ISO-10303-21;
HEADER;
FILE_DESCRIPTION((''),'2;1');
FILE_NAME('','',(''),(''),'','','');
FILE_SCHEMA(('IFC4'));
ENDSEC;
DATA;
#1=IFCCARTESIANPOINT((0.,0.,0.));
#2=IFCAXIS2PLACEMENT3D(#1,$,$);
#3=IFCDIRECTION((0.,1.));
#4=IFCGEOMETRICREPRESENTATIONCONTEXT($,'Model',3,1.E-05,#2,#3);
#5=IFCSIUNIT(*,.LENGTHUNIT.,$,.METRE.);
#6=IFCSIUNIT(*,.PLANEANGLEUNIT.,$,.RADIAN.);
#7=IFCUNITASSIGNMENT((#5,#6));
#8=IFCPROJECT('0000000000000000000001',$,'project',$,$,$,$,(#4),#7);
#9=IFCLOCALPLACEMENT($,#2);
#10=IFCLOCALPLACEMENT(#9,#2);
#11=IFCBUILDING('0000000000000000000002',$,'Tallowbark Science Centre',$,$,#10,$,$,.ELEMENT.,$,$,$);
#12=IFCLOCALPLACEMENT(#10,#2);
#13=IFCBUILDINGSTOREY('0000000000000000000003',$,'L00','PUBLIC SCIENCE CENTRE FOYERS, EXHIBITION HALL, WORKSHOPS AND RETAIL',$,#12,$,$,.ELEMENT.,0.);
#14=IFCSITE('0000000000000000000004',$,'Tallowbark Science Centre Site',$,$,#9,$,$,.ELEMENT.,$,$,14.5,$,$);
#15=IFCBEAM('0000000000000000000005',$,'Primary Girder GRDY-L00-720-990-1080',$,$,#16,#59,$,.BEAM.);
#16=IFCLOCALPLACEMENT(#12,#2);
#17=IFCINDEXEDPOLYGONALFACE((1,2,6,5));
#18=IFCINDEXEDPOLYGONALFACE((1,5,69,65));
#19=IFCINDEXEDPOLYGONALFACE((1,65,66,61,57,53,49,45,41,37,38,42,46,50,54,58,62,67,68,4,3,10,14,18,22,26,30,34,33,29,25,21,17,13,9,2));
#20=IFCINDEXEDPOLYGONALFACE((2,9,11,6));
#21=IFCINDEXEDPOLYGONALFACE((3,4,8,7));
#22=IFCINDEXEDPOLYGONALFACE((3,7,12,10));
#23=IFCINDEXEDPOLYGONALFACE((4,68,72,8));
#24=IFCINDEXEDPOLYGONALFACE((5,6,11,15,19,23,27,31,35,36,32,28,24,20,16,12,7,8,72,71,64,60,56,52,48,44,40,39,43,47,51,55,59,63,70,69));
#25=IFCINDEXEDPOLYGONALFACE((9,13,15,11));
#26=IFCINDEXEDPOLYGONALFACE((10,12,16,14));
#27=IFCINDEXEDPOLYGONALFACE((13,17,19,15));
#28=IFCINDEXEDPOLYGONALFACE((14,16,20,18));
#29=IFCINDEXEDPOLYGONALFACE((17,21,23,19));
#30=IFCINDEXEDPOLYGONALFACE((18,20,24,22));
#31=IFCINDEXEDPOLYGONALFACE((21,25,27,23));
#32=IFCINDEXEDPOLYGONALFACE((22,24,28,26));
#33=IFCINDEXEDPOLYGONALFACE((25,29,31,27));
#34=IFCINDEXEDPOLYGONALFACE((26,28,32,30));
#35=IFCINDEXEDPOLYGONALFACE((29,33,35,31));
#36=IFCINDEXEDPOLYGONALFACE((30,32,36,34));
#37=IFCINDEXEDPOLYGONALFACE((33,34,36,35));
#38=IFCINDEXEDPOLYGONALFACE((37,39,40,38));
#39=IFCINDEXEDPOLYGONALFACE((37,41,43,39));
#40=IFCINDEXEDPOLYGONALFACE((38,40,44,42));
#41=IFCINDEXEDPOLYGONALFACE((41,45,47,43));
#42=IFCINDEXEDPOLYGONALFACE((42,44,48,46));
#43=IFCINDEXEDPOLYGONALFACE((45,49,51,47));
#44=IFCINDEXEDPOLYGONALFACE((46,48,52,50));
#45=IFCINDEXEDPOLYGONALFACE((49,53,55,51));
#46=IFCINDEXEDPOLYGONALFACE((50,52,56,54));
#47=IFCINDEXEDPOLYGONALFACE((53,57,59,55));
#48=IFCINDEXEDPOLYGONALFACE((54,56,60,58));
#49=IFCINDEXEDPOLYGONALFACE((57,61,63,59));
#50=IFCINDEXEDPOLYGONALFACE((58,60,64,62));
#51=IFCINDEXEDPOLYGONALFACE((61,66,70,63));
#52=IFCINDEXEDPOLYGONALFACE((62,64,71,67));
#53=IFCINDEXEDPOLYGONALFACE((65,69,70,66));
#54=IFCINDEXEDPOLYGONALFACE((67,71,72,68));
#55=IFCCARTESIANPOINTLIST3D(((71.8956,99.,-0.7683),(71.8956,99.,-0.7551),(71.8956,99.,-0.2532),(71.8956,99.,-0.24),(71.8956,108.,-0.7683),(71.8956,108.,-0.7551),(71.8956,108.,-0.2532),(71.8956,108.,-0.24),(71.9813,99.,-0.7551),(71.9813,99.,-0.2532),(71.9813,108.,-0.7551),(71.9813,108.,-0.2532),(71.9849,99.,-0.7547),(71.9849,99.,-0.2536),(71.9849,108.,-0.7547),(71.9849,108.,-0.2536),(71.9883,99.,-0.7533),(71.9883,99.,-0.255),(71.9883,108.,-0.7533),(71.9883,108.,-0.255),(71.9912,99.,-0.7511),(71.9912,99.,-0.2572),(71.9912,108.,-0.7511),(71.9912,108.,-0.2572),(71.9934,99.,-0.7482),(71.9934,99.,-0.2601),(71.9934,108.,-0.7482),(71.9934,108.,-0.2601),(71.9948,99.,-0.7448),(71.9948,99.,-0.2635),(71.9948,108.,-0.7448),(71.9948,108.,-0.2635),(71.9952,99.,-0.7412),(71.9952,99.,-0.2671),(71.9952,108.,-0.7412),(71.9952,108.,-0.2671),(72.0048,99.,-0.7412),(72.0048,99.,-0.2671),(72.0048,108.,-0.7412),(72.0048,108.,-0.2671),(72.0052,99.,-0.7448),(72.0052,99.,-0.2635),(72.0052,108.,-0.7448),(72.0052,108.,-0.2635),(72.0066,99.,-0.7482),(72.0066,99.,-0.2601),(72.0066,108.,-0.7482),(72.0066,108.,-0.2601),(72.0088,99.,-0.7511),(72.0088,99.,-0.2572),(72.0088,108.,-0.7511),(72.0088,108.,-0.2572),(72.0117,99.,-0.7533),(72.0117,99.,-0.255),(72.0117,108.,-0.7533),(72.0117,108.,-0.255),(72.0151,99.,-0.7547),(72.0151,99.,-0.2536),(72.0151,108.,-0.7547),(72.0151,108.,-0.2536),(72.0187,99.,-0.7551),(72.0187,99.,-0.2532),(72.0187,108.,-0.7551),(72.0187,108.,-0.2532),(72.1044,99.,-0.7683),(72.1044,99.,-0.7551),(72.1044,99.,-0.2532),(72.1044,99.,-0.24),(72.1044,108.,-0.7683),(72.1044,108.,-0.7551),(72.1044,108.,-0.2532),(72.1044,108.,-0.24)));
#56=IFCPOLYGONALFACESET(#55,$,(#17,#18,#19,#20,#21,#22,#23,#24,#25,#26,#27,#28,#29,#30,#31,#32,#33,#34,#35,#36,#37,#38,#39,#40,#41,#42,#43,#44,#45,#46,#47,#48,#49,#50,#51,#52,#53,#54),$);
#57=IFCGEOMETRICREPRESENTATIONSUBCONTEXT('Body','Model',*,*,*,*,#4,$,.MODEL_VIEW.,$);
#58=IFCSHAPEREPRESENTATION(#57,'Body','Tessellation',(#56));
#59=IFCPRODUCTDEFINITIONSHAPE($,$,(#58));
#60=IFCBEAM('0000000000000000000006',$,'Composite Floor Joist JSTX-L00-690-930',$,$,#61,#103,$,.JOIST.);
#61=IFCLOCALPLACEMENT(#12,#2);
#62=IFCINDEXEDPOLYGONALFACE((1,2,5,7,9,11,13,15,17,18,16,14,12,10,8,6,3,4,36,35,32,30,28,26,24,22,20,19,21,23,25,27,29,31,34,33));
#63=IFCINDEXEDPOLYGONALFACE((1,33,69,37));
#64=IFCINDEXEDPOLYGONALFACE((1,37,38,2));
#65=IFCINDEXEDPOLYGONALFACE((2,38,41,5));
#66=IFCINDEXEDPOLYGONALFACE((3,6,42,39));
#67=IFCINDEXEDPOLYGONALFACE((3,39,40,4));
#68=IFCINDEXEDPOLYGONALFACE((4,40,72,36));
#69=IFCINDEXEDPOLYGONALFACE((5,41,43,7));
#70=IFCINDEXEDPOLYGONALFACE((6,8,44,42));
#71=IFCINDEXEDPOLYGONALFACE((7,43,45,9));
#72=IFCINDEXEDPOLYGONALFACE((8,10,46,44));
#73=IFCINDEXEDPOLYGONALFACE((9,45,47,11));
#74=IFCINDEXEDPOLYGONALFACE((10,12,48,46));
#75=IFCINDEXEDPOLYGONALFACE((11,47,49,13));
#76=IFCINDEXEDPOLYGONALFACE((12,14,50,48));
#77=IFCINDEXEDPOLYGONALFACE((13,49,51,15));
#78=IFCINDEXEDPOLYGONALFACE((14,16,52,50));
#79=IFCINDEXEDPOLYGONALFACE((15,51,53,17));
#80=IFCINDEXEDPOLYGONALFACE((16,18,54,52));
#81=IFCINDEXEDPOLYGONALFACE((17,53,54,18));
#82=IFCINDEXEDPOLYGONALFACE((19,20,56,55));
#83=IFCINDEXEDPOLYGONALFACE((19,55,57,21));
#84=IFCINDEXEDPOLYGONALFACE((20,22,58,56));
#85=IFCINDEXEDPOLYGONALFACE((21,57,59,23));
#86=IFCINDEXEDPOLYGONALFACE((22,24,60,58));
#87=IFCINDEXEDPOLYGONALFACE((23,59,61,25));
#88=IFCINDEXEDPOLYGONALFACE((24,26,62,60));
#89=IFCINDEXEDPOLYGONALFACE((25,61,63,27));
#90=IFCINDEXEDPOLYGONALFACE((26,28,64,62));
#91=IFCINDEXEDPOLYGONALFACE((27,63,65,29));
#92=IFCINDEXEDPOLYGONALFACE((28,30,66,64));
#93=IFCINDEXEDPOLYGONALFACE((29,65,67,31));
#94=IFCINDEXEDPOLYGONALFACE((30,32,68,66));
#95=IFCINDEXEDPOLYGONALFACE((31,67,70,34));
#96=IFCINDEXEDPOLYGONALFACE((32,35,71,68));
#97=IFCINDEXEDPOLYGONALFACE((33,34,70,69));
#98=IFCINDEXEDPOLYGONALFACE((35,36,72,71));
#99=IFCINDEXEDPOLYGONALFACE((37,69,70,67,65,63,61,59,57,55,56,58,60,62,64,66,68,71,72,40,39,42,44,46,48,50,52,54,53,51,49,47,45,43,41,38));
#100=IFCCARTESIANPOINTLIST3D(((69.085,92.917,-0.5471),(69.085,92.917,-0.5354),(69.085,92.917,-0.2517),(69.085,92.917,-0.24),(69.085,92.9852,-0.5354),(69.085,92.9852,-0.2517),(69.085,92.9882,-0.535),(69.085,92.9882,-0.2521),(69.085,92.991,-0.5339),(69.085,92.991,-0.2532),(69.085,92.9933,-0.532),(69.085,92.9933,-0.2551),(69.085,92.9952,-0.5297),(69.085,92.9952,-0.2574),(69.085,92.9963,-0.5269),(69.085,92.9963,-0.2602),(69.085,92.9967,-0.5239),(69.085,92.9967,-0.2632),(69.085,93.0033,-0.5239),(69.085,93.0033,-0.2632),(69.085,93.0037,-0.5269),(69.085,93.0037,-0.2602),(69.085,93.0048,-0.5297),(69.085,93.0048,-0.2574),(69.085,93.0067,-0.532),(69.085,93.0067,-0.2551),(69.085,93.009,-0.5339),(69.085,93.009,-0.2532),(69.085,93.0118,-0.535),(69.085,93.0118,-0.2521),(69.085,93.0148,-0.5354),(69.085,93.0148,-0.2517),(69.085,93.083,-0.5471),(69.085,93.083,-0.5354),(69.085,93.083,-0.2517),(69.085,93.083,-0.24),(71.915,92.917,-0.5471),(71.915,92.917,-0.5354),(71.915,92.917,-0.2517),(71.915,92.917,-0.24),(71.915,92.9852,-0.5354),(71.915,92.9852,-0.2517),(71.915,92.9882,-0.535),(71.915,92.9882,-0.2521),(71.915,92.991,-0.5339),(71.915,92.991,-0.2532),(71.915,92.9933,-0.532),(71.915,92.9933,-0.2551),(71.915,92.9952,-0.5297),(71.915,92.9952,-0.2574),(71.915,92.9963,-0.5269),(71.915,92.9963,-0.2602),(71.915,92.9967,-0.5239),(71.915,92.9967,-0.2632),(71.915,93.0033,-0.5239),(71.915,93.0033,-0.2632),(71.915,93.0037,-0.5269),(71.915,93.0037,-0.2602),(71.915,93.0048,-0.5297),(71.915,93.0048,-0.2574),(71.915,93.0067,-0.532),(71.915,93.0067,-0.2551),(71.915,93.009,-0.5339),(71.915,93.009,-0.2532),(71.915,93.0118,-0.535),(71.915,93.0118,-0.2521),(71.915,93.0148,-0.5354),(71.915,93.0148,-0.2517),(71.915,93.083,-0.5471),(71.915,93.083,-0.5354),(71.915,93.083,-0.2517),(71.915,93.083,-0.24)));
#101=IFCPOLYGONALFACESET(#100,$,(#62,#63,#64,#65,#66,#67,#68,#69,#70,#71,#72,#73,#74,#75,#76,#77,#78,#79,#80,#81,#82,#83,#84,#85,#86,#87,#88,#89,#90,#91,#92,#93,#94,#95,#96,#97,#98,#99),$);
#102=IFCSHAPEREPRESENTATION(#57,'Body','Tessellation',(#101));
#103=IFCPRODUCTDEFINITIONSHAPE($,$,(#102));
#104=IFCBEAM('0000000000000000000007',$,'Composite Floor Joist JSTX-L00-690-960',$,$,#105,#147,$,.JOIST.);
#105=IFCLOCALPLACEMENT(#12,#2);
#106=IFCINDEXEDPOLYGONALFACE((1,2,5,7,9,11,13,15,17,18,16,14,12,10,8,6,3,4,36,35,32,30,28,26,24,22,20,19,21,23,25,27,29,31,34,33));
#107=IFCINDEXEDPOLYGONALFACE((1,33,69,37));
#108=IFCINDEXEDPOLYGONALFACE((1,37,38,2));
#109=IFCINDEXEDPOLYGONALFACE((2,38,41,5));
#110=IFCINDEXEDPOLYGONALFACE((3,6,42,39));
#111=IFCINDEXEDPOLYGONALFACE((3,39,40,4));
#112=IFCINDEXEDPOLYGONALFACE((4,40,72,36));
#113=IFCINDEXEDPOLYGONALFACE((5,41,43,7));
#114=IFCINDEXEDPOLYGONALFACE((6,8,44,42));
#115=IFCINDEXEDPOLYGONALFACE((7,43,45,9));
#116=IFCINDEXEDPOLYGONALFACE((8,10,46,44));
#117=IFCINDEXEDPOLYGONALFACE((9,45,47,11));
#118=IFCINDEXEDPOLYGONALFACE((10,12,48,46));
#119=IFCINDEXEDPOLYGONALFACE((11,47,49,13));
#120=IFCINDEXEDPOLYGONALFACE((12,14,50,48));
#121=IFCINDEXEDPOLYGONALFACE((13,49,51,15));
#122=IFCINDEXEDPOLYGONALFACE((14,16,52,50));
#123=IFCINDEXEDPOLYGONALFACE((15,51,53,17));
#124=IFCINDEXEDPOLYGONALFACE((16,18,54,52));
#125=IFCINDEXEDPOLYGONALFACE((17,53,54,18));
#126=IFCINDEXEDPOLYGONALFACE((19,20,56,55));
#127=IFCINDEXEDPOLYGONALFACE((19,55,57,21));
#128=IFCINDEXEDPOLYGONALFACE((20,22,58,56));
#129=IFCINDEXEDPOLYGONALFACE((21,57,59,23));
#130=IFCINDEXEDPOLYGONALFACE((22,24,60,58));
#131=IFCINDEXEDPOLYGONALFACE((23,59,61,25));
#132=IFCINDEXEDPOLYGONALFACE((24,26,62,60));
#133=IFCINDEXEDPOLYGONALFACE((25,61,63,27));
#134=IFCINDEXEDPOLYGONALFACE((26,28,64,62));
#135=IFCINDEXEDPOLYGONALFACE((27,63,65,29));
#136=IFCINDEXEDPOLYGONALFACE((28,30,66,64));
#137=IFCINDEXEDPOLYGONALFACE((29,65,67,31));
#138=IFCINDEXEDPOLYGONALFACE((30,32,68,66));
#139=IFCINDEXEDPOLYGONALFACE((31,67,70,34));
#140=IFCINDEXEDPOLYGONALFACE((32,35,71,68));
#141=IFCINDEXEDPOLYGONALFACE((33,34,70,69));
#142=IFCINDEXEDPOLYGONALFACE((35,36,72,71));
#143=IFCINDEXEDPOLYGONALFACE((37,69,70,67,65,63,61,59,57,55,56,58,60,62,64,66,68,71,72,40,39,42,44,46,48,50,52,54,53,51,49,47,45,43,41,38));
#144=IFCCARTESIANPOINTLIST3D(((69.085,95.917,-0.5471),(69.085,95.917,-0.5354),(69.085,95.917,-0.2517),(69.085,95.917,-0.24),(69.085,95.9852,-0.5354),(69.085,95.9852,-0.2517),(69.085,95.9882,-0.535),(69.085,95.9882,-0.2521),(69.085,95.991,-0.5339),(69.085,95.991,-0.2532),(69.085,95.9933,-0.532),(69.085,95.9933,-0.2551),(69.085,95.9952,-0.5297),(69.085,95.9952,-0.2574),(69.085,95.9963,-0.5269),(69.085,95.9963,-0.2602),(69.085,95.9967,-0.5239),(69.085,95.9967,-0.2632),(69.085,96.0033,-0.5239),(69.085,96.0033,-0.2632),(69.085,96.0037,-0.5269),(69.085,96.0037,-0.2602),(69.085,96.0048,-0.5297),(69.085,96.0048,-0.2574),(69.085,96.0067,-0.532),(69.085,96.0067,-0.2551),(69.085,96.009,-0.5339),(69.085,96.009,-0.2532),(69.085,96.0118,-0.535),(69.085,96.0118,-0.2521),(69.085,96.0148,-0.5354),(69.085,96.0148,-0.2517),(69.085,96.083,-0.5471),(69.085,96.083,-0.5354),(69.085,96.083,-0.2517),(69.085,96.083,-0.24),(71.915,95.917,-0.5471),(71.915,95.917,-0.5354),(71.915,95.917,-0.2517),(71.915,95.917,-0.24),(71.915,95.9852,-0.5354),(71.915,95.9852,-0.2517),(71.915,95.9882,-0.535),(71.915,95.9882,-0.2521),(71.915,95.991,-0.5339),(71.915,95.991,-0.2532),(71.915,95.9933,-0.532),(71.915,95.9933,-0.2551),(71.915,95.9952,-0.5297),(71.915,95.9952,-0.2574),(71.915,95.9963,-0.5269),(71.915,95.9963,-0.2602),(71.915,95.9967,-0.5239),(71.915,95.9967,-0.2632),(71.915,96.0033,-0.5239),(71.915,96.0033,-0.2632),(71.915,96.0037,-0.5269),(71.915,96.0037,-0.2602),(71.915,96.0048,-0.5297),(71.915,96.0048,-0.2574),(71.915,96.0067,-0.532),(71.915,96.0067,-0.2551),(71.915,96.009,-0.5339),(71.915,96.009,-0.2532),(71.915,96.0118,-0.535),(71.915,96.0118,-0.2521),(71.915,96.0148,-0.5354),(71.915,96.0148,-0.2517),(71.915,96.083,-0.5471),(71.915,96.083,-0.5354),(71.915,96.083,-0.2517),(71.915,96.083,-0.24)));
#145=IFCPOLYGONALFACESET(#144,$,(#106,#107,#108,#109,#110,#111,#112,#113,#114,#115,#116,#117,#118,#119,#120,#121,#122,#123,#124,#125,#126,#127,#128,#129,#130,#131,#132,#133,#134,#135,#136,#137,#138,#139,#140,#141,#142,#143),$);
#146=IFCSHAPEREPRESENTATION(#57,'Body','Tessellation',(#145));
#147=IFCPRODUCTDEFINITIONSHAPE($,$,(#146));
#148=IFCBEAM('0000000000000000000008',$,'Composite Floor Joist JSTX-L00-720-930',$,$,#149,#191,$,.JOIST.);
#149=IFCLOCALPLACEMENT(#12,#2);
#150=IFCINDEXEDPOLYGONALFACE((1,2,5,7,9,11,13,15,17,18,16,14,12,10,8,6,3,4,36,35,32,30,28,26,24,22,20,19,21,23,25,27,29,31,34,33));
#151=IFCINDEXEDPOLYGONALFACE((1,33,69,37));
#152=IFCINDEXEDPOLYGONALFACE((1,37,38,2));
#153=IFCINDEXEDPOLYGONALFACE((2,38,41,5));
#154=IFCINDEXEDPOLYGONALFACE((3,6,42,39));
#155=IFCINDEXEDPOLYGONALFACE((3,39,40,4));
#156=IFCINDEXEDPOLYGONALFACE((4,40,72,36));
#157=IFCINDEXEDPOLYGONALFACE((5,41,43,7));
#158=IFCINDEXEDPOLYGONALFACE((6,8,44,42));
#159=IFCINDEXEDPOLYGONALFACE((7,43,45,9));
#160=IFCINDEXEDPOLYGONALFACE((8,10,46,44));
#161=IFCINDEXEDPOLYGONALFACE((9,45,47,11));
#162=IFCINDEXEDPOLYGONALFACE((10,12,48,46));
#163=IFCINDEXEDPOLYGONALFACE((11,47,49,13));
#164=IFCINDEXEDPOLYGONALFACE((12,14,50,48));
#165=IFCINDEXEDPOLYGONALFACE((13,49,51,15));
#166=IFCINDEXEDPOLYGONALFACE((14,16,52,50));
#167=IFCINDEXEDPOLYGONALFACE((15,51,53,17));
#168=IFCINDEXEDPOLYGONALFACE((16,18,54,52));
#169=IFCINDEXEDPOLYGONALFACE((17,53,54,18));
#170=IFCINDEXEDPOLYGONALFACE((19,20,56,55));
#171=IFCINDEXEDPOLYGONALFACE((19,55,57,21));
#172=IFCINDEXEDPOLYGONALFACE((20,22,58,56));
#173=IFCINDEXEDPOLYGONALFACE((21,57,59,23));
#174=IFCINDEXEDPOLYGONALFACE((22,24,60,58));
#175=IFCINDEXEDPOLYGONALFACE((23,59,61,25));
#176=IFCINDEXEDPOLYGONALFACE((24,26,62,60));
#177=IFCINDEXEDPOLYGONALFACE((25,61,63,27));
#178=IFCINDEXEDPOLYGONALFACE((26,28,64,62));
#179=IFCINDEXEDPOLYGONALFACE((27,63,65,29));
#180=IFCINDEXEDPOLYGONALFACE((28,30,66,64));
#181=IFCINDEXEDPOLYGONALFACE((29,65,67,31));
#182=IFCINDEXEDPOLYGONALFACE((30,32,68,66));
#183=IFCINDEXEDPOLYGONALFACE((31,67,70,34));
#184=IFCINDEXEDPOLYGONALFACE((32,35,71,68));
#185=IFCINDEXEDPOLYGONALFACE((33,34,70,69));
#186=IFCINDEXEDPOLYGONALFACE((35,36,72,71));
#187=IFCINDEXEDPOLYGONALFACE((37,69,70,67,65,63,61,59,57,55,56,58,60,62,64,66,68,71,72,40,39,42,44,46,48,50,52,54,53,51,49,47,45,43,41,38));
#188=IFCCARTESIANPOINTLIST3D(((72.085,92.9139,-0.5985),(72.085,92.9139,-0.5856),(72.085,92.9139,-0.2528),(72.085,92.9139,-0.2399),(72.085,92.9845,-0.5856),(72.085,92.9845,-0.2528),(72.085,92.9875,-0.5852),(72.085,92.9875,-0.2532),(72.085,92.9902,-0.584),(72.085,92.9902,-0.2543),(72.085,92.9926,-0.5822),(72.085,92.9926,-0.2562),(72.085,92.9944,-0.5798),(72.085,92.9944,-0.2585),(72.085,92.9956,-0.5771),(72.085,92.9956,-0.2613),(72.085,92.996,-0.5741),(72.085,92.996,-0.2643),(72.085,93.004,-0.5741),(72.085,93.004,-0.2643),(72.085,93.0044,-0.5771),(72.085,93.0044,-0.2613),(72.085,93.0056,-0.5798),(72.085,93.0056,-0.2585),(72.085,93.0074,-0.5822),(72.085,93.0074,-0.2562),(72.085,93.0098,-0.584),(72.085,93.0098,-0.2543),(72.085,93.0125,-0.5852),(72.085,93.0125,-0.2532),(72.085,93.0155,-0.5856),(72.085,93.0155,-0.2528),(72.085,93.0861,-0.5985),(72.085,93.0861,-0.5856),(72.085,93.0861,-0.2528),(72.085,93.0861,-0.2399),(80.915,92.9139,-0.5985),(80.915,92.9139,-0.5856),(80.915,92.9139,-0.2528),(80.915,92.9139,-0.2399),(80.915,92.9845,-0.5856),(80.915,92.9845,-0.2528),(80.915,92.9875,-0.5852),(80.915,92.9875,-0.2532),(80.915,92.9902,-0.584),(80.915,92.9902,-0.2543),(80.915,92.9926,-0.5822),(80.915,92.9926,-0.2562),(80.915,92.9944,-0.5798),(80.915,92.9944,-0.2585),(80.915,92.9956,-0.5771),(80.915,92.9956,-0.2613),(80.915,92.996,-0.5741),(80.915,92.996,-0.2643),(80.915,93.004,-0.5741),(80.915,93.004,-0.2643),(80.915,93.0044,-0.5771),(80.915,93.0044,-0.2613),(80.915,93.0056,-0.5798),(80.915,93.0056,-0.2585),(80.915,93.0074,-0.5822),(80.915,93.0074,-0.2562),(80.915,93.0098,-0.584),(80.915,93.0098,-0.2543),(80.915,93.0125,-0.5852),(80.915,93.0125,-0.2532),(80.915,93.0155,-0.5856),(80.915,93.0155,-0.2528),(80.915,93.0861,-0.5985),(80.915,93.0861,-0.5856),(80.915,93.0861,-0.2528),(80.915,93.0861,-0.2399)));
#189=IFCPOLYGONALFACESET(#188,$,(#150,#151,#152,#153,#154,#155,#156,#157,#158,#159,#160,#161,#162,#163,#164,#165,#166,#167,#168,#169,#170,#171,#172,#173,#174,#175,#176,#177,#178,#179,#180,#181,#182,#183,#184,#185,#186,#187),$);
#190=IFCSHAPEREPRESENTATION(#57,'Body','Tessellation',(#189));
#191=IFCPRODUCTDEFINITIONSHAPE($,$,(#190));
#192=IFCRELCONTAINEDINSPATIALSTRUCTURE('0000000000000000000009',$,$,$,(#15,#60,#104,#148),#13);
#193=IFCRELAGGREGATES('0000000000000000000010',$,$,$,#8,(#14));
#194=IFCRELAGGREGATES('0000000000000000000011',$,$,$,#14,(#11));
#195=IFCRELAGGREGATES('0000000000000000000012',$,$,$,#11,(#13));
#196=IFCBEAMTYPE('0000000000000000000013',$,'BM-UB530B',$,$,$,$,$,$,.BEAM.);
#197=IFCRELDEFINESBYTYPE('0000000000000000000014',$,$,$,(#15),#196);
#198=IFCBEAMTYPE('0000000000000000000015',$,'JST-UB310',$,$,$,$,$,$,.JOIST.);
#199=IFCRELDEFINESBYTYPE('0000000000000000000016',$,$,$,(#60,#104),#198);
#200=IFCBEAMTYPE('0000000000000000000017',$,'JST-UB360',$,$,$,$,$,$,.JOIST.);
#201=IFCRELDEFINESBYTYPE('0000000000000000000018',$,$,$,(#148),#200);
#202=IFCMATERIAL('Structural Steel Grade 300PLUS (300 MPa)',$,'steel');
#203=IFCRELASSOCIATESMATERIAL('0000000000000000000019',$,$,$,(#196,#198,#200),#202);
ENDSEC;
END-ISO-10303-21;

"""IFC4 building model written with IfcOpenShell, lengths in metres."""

from ifc_helpers import new_model, si_unit, direction, frame, origin, origin_2d, place, context, subcontext, project, spatial, i_section, extrude, material, material_profile, profile_set, type_object, element, save


model = new_model("IFC4")

# Units and contexts
model_context = context("Model", 3, precision=1e-05, world=origin(), true_north=direction((0.0, 1.0)))
body_context = subcontext(model_context, "Body", "Model", "MODEL_VIEW")
ifc_project = project(units=[si_unit("LENGTHUNIT", "METRE"), si_unit("PLANEANGLEUNIT", "RADIAN")], contexts=[model_context])

# Site, building, storey
site_placement = place(None, origin())
site = spatial("IfcSite", under=ifc_project, at=site_placement, Name="Tallowbark Science Centre Site", CompositionType="ELEMENT", RefElevation=14.5)
building_placement = place(site_placement, origin())
building = spatial("IfcBuilding", under=site, at=building_placement, Name="Tallowbark Science Centre", CompositionType="ELEMENT")
storey_placement = place(building_placement, origin())
storey = spatial("IfcBuildingStorey", under=building, at=storey_placement, Name="L00", Description="PUBLIC SCIENCE CENTRE FOYERS, EXHIBITION HALL, WORKSHOPS AND RETAIL", CompositionType="ELEMENT", Elevation=0.0)

# Shared definitions
ifc_material_1 = material(Name="Structural Steel Grade 300PLUS (300 MPa)", Category="steel")

# Beams
ifc_material_profile_1 = material_profile(ifc_material_1, i_section(OverallWidth=0.2087, OverallDepth=0.5283, WebThickness=0.0095, FlangeThickness=0.0132, FilletRadius=0.0139, at=origin_2d()), Name="530UB82.0")
ifc_profile_set_1 = profile_set([ifc_material_profile_1], Name="Structural Steel Grade 300PLUS (300 MPa)")
beam_type_1 = type_object("IfcBeamType", Name="BM-UB530B", PredefinedType="BEAM", material=ifc_profile_set_1)
beam_1_placement = place(storey_placement, frame((72.0, 99.0, -0.5042), z_axis=(0.0, 1.0, 0.0), x_axis=(-1.0, 0.0, 0.0)))
element("IfcBeam", 1, at=beam_1_placement, inside=storey, type_object=beam_type_1, Name="Primary Girder GRDY-L00-720-990-1080", PredefinedType="BEAM", context=body_context, shape_type="SweptSolid", body=[
    extrude(i_section(OverallWidth=0.2087, OverallDepth=0.5283, WebThickness=0.0095, FlangeThickness=0.0132, FilletRadius=0.0139, at=origin_2d()), origin(), (0.0, 0.0, 1.0), 9.0),
])
ifc_material_profile_2 = material_profile(ifc_material_1, i_section(OverallWidth=0.166, OverallDepth=0.3071, WebThickness=0.0066, FlangeThickness=0.0117, FilletRadius=0.0115, at=origin_2d()), Name="310UB46.2")
ifc_profile_set_2 = profile_set([ifc_material_profile_2], Name="Structural Steel Grade 300PLUS (300 MPa)")
beam_type_2 = type_object("IfcBeamType", Name="JST-UB310", PredefinedType="JOIST", material=ifc_profile_set_2)
for number, where, z_axis, x_axis, name in (
    (2, (69.085, 93.0, -0.3936), (1.0, 0.0, 0.0), (0.0, 1.0, 0.0), "Composite Floor Joist JSTX-L00-690-930"),
    (3, (69.085, 96.0, -0.3936), (1.0, 0.0, 0.0), (0.0, 1.0, 0.0), "Composite Floor Joist JSTX-L00-690-960"),
):
    element("IfcBeam", number, at=place(storey_placement, frame(where, z_axis=z_axis, x_axis=x_axis)), inside=storey, type_object=beam_type_2, Name=name, PredefinedType="JOIST", context=body_context, shape_type="SweptSolid", body=[
        extrude(i_section(OverallWidth=0.166, OverallDepth=0.3071, WebThickness=0.0066, FlangeThickness=0.0117, FilletRadius=0.0115, at=origin_2d()), origin(), (0.0, 0.0, 1.0), 2.8301),
    ])
ifc_material_profile_3 = material_profile(ifc_material_1, i_section(OverallWidth=0.1721, OverallDepth=0.3586, WebThickness=0.0081, FlangeThickness=0.0129, FilletRadius=0.0115, at=origin_2d()), Name="360UB56.7")
ifc_profile_set_3 = profile_set([ifc_material_profile_3], Name="Structural Steel Grade 300PLUS (300 MPa)")
beam_type_3 = type_object("IfcBeamType", Name="JST-UB360", PredefinedType="JOIST", material=ifc_profile_set_3)
for number, where, z_axis, x_axis, name in (
    (4, (72.085, 93.0, -0.4192), (1.0, 0.0, 0.0), (0.0, 1.0, 0.0), "Composite Floor Joist JSTX-L00-720-930"),
):
    element("IfcBeam", number, at=place(storey_placement, frame(where, z_axis=z_axis, x_axis=x_axis)), inside=storey, type_object=beam_type_3, Name=name, PredefinedType="JOIST", context=body_context, shape_type="SweptSolid", body=[
        extrude(i_section(OverallWidth=0.1721, OverallDepth=0.3586, WebThickness=0.0081, FlangeThickness=0.0129, FilletRadius=0.0115, at=origin_2d()), origin(), (0.0, 0.0, 1.0), 8.8301),
    ])

save(model, "model.ifc")
